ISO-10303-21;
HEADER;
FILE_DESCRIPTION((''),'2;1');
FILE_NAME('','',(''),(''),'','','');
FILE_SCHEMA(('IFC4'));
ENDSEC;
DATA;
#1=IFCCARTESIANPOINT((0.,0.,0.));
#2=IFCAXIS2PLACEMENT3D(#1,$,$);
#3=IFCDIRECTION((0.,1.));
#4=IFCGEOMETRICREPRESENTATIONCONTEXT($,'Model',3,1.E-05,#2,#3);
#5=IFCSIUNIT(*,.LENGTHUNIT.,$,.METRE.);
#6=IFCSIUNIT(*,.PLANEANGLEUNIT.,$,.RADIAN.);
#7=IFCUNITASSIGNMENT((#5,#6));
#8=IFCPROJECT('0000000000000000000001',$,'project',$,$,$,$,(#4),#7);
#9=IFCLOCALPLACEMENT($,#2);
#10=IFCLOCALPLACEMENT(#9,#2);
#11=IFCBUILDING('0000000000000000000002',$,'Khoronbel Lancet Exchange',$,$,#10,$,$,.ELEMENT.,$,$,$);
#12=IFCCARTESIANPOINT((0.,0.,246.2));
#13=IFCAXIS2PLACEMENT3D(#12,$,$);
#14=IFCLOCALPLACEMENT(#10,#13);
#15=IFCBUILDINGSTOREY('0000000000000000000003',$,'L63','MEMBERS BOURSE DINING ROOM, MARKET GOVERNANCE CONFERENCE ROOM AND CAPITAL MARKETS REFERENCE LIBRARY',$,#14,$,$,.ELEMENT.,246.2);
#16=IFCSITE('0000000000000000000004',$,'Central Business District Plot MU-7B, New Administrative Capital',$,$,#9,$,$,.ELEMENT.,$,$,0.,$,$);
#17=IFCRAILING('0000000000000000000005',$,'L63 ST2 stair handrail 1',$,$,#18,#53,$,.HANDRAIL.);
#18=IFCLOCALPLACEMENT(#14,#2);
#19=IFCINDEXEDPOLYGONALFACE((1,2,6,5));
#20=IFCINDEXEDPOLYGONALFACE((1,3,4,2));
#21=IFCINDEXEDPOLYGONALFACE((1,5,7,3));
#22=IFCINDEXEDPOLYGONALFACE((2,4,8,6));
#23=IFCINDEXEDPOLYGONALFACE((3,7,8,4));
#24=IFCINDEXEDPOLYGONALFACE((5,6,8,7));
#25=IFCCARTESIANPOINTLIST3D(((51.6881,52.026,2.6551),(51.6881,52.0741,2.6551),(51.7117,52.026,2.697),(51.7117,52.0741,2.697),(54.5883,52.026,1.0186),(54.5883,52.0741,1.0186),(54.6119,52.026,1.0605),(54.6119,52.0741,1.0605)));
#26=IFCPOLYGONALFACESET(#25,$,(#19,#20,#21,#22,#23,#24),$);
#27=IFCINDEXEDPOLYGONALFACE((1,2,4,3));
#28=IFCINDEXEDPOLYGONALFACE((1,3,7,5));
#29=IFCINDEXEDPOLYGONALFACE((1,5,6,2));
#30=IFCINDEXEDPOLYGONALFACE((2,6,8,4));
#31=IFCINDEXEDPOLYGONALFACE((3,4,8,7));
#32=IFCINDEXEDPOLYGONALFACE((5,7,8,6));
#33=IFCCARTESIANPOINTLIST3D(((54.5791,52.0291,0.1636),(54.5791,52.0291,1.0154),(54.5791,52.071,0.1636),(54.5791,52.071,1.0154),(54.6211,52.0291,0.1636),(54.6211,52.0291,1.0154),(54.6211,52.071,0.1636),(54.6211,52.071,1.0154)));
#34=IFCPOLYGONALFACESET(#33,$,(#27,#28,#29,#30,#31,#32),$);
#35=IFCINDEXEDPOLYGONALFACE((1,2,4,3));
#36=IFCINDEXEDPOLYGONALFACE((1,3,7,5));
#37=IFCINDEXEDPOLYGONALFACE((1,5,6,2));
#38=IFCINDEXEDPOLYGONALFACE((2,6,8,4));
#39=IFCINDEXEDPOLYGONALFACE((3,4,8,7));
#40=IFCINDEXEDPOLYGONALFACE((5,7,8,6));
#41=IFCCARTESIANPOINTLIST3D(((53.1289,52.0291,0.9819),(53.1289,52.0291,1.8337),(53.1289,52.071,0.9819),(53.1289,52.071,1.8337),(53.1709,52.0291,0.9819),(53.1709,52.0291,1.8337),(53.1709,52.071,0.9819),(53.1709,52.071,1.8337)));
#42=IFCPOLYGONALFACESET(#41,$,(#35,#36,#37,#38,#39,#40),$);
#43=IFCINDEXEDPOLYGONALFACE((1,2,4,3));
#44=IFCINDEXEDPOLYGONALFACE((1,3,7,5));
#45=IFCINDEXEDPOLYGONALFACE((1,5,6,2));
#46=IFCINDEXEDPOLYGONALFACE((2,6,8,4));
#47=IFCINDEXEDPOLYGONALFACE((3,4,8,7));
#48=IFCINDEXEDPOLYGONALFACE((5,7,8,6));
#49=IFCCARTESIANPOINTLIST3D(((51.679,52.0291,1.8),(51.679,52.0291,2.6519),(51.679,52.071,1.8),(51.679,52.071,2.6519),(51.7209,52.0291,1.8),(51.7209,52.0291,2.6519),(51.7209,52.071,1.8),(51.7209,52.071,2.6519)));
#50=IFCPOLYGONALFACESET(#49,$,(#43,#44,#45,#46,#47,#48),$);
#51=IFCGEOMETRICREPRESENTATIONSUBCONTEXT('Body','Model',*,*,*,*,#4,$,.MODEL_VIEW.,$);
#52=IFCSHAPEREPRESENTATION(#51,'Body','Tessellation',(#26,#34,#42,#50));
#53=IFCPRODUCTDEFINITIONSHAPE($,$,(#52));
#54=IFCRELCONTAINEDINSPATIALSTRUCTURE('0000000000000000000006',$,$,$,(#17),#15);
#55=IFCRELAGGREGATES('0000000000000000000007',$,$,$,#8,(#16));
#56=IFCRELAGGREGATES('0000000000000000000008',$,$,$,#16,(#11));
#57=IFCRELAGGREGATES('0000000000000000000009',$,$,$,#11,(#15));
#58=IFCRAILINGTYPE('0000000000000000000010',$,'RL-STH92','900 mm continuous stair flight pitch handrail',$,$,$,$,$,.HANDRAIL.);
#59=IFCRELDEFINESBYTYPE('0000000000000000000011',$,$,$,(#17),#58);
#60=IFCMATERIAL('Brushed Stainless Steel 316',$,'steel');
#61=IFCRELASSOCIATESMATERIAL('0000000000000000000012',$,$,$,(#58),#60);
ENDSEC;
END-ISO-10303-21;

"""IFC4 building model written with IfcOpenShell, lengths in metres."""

from ifc_helpers import new_model, si_unit, direction, frame, origin, origin_2d, place, context, subcontext, project, spatial, rectangle, extrude, material, type_object, element, save


model = new_model("IFC4")

# Units and contexts
model_context = context("Model", 3, precision=1e-05, world=origin(), true_north=direction((0.0, 1.0)))
body_context = subcontext(model_context, "Body", "Model", "MODEL_VIEW")
ifc_project = project(units=[si_unit("LENGTHUNIT", "METRE"), si_unit("PLANEANGLEUNIT", "RADIAN")], contexts=[model_context])

# Site, building, storey
site_placement = place(None, origin())
site = spatial("IfcSite", under=ifc_project, at=site_placement, Name="Central Business District Plot MU-7B, New Administrative Capital", CompositionType="ELEMENT", RefElevation=0.0)
building_placement = place(site_placement, origin())
building = spatial("IfcBuilding", under=site, at=building_placement, Name="Khoronbel Lancet Exchange", CompositionType="ELEMENT")
storey_placement = place(building_placement, frame((0.0, 0.0, 246.2)))
storey = spatial("IfcBuildingStorey", under=building, at=storey_placement, Name="L63", Description="MEMBERS BOURSE DINING ROOM, MARKET GOVERNANCE CONFERENCE ROOM AND CAPITAL MARKETS REFERENCE LIBRARY", CompositionType="ELEMENT", Elevation=246.2)

# Railing
ifc_material_1 = material(Name="Brushed Stainless Steel 316", Category="steel")
railing_type_1 = type_object("IfcRailingType", Name="RL-STH92", Description="900 mm continuous stair flight pitch handrail", PredefinedType="HANDRAIL", material=ifc_material_1)
railing_1_placement = place(storey_placement, frame((54.6001, 52.05, 0.1636)))
element("IfcRailing", 1, at=railing_1_placement, inside=storey, type_object=railing_type_1, Name="L63 ST2 stair handrail 1", PredefinedType="HANDRAIL", context=body_context, shape_type="SweptSolid", body=[
    extrude(rectangle(XDim=0.0481, YDim=0.0481, at=origin_2d()), frame((0.0, 0.0, 0.876), z_axis=(-0.870915, 0.0, 0.491434), x_axis=(0.0, -1.0, 0.0)), (0.0, 0.0, 1.0), 3.3301),
    extrude(rectangle(XDim=0.042, YDim=0.042, at=origin_2d()), origin(), (0.0, 0.0, 1.0), 0.8518),
    extrude(rectangle(XDim=0.042, YDim=0.042, at=origin_2d()), frame((-1.4502, 0.0, 0.8184)), (0.0, 0.0, 1.0), 0.8518),
    extrude(rectangle(XDim=0.042, YDim=0.042, at=origin_2d()), frame((-2.9001, 0.0, 1.6365)), (0.0, 0.0, 1.0), 0.8518),
])

save(model, "model.ifc")
